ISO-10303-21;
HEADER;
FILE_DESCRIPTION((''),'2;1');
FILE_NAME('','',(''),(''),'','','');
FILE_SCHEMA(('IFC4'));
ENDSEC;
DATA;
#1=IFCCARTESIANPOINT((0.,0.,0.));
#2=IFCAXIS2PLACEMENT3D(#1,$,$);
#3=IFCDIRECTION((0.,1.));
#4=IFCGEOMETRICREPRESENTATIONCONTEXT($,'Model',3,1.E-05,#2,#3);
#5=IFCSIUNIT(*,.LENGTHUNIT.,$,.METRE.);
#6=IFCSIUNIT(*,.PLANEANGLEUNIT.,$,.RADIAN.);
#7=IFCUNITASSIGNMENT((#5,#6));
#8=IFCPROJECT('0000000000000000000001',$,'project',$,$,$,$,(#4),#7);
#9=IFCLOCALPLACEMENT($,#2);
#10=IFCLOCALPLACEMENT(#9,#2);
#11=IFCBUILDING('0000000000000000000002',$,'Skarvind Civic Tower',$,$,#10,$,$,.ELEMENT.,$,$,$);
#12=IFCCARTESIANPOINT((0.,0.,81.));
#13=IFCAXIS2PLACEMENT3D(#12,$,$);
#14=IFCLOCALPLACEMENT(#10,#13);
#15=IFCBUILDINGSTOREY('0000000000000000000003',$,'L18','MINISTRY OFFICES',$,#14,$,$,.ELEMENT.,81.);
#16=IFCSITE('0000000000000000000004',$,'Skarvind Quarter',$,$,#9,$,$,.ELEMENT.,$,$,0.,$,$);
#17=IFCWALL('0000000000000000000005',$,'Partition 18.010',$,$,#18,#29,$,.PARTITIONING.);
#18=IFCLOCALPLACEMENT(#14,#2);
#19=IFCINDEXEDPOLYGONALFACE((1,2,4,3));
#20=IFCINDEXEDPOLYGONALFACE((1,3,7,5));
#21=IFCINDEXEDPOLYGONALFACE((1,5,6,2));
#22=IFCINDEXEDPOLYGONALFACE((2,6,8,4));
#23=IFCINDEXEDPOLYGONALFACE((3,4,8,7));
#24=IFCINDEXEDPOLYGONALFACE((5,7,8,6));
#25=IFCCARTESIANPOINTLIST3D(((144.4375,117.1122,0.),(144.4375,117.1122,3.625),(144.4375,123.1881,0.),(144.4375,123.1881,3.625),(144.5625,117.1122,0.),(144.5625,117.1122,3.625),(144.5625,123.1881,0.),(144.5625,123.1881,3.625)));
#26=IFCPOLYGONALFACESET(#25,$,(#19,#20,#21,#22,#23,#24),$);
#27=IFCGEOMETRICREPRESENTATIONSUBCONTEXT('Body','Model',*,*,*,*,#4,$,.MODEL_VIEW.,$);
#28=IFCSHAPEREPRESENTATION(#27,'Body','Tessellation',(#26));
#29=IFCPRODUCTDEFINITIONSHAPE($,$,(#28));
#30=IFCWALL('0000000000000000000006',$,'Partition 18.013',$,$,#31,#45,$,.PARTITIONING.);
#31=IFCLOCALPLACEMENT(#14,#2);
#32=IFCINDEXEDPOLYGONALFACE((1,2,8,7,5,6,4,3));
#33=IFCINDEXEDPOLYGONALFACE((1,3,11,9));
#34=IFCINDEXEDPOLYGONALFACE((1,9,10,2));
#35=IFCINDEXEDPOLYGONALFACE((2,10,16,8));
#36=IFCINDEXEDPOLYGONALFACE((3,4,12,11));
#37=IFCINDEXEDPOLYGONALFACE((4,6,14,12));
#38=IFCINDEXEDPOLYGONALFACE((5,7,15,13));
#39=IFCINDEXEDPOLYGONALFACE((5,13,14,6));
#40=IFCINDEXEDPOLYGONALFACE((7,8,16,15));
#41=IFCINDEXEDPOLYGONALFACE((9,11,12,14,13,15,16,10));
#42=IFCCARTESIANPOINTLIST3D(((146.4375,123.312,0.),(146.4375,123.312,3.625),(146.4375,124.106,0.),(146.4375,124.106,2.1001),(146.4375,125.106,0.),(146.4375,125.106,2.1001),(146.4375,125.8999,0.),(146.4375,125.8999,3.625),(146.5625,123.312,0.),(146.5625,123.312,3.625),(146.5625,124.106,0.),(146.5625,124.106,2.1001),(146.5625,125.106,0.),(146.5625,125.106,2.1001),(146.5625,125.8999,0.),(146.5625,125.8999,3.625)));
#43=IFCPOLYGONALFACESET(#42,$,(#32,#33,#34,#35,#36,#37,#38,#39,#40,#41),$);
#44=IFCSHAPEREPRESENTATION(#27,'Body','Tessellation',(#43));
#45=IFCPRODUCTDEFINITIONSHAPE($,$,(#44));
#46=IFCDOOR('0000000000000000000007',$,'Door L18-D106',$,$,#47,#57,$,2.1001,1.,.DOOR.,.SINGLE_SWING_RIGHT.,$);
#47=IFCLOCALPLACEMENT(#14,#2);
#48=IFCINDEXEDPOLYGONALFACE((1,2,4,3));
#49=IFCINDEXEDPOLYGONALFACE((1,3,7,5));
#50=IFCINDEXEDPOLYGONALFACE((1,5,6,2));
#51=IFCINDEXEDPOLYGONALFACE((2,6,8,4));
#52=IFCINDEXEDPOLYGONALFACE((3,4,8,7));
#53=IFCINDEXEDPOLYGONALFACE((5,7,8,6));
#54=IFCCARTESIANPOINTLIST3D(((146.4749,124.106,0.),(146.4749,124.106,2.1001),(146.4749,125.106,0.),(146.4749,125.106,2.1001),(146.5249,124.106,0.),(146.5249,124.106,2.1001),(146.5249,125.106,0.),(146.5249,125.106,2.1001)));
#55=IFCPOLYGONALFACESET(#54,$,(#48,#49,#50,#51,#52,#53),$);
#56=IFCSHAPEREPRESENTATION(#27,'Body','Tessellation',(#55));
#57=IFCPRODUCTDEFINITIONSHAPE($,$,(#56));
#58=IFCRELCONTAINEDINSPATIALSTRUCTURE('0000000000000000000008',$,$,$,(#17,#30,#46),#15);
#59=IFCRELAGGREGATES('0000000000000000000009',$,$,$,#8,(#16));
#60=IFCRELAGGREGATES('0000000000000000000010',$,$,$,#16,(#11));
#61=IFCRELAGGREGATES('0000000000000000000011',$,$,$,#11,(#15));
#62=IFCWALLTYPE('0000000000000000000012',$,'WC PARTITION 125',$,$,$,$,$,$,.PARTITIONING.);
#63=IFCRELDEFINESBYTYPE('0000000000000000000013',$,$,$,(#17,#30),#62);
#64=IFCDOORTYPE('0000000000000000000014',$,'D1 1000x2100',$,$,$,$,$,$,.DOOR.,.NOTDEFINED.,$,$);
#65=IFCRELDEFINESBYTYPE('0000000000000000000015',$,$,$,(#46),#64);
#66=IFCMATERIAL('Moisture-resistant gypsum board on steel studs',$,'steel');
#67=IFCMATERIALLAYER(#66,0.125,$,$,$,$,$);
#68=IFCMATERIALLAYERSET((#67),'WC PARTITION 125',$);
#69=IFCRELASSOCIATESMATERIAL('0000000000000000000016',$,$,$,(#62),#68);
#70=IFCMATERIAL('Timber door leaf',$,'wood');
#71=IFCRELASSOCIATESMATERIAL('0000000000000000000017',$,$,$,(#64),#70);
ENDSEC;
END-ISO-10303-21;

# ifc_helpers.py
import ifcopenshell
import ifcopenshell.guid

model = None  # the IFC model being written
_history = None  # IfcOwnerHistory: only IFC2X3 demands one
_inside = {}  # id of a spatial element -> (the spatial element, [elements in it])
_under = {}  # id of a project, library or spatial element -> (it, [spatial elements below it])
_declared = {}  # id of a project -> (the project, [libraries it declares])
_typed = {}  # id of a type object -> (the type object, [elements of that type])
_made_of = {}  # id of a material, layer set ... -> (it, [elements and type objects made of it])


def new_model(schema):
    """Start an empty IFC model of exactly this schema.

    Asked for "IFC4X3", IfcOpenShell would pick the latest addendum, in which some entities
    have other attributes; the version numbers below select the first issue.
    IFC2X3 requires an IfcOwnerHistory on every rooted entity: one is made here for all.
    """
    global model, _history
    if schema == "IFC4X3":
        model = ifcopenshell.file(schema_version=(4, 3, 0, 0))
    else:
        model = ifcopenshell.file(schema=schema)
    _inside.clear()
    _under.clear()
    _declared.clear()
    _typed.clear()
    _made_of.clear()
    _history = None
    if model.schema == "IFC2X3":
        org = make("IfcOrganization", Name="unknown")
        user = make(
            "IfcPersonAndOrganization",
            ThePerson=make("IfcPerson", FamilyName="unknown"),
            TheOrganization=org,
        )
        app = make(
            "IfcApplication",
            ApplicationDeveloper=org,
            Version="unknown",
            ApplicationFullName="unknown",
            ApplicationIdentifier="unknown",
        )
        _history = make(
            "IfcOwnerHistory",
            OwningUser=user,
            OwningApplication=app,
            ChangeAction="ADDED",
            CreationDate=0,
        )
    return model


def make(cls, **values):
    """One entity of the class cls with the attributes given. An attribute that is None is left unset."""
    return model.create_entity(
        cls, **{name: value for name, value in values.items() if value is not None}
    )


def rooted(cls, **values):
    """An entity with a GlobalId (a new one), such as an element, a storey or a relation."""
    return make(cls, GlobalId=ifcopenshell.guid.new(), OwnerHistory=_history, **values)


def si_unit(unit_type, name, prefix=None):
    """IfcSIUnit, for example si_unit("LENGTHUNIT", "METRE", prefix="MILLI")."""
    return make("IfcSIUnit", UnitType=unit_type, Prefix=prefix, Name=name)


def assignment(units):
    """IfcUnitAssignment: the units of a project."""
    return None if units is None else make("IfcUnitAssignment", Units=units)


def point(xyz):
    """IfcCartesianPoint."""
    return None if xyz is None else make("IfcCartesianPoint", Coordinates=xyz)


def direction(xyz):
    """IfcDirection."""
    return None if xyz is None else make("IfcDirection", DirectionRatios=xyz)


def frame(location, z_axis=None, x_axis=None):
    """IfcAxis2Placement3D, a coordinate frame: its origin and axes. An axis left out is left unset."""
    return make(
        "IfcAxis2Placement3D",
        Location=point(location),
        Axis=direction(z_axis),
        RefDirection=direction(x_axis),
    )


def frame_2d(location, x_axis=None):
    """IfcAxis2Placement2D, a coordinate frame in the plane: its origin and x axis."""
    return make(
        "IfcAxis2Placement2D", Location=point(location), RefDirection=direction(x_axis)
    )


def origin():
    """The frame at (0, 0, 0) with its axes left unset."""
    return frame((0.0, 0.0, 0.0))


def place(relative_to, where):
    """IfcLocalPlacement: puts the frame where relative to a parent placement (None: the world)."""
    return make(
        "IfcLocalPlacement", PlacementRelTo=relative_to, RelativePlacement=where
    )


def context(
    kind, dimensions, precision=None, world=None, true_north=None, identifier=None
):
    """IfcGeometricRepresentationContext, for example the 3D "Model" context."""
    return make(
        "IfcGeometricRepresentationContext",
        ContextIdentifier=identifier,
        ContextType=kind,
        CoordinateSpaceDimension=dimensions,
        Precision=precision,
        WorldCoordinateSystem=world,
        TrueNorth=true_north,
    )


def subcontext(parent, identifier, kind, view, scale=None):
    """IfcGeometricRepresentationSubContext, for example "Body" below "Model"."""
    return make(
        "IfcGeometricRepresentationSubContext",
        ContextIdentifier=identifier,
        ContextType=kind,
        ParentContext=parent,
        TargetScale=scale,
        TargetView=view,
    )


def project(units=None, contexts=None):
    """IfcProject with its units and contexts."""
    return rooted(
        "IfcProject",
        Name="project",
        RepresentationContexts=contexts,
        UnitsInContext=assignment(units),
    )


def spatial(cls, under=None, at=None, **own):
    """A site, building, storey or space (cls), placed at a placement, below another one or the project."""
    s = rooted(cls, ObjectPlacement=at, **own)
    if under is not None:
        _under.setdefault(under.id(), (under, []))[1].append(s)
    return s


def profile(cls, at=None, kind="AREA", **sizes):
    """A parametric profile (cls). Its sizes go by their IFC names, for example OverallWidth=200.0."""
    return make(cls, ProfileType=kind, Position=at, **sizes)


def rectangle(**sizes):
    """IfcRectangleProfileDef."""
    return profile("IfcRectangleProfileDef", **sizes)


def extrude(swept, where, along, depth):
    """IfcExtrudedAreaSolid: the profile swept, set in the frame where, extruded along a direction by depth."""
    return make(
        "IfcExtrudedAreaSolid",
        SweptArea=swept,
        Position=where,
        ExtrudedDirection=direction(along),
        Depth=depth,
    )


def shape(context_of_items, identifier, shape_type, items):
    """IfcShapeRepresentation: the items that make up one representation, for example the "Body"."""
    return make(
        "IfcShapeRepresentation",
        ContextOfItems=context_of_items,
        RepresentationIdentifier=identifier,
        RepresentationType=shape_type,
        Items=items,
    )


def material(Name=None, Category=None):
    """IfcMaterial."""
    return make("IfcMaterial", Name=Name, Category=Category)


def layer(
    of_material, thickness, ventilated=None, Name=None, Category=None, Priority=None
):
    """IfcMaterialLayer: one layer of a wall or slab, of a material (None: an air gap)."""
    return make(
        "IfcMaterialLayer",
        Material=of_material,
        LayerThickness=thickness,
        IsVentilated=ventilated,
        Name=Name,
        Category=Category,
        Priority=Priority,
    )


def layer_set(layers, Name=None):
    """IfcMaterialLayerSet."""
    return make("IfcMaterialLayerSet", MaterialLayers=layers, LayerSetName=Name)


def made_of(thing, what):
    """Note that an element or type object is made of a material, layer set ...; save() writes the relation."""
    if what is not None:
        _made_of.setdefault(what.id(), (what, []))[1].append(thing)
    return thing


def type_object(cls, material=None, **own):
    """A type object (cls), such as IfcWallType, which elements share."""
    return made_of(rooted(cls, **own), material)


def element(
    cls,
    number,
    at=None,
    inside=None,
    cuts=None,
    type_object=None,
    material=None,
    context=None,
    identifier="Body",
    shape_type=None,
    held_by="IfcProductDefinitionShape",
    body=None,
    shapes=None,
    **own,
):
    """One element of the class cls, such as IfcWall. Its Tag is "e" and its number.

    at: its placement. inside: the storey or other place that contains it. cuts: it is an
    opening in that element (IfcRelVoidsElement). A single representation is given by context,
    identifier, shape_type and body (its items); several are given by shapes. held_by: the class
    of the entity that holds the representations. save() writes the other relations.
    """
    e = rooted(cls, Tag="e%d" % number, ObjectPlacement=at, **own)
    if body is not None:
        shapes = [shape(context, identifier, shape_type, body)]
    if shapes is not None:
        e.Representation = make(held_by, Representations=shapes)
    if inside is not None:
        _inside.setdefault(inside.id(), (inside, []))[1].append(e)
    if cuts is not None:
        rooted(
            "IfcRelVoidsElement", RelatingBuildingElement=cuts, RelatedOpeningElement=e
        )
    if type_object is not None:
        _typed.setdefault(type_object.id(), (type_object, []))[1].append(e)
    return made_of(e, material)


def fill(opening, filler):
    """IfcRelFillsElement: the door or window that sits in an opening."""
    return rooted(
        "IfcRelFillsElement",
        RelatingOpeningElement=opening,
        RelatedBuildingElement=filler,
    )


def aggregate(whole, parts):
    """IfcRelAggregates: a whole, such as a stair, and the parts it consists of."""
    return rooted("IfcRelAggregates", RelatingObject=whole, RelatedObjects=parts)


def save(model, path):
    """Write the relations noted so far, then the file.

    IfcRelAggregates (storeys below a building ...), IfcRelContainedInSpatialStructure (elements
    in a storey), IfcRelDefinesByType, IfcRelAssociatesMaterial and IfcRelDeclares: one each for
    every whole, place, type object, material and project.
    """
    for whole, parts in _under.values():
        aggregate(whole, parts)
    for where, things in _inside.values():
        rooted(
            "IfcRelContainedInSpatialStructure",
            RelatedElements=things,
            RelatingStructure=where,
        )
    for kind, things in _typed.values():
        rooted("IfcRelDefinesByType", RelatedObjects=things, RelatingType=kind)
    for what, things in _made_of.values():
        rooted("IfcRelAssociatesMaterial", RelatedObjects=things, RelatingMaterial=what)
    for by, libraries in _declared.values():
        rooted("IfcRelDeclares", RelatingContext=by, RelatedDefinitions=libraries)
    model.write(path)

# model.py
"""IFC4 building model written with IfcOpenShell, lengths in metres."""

from ifc_helpers import new_model, si_unit, direction, frame, frame_2d, origin, place, context, subcontext, project, spatial, rectangle, extrude, material, layer, layer_set, type_object, element, fill, save


model = new_model("IFC4")

# Units and contexts
model_context = context("Model", 3, precision=1e-05, world=origin(), true_north=direction((0.0, 1.0)))
body_context = subcontext(model_context, "Body", "Model", "MODEL_VIEW")
ifc_project = project(units=[si_unit("LENGTHUNIT", "METRE"), si_unit("PLANEANGLEUNIT", "RADIAN")], contexts=[model_context])

# Site, building, storey
site_placement = place(None, origin())
site = spatial("IfcSite", under=ifc_project, at=site_placement, Name="Skarvind Quarter", CompositionType="ELEMENT", RefElevation=0.0)
building_placement = place(site_placement, origin())
building = spatial("IfcBuilding", under=site, at=building_placement, Name="Skarvind Civic Tower", CompositionType="ELEMENT")
storey_placement = place(building_placement, frame((0.0, 0.0, 81.0)))
storey = spatial("IfcBuildingStorey", under=building, at=storey_placement, Name="L18", Description="MINISTRY OFFICES", CompositionType="ELEMENT", Elevation=81.0)

# Shared definitions
ifc_material_1 = material(Name="Moisture-resistant gypsum board on steel studs", Category="steel")
ifc_layer_1 = layer(ifc_material_1, 0.125)
ifc_layer_set_1 = layer_set([ifc_layer_1], Name="WC PARTITION 125")
wall_type_1 = type_object("IfcWallType", Name="WC PARTITION 125", PredefinedType="PARTITIONING", material=ifc_layer_set_1)

# Shared definitions
ifc_material_2 = material(Name="Timber door leaf", Category="wood")

# Wall
wall_1_placement = place(storey_placement, frame((144.5, 117.1121, 0.0), z_axis=(0.0, 0.0, 1.0), x_axis=(0.0, 1.0, 0.0)))
element("IfcWall", 1, at=wall_1_placement, inside=storey, type_object=wall_type_1, Name="Partition 18.010", PredefinedType="PARTITIONING", context=body_context, shape_type="SweptSolid", body=[
    extrude(rectangle(XDim=6.0759, YDim=0.125, at=frame_2d((3.0381, 0.0))), origin(), (0.0, 0.0, 1.0), 3.625),
])

# Wall, opening, door
wall_2_placement = place(storey_placement, frame((146.5, 125.8999, 0.0), z_axis=(0.0, 0.0, 1.0), x_axis=(0.0, -1.0, 0.0)))
wall_2 = element("IfcWall", 2, at=wall_2_placement, inside=storey, type_object=wall_type_1, Name="Partition 18.013", PredefinedType="PARTITIONING", context=body_context, shape_type="SweptSolid", body=[
    extrude(rectangle(XDim=2.5879, YDim=0.125, at=frame_2d((1.2939, 0.0))), origin(), (0.0, 0.0, 1.0), 3.625),
])
opening_1_placement = place(wall_2_placement, frame((0.7939, 0.0, 0.0)))
opening_1 = element("IfcOpeningElement", 3, at=opening_1_placement, cuts=wall_2, PredefinedType="OPENING", context=body_context, shape_type="SweptSolid", body=[
    extrude(rectangle(XDim=1.0, YDim=2.1001, at=frame_2d((0.5, 1.05))), frame((0.0, 0.0725, 0.0), z_axis=(0.0, -1.0, 0.0), x_axis=(1.0, 0.0, 0.0)), (0.0, 0.0, 1.0), 0.145),
])
door_type_1 = type_object("IfcDoorType", Name="D1 1000x2100", OperationType="NOTDEFINED", PredefinedType="DOOR", material=ifc_material_2)
door_1_placement = place(opening_1_placement, origin())
door_1 = element("IfcDoor", 4, at=door_1_placement, inside=storey, type_object=door_type_1, Name="Door L18-D106", OperationType="SINGLE_SWING_RIGHT", OverallHeight=2.1001, OverallWidth=1.0, PredefinedType="DOOR", context=body_context, shape_type="SweptSolid", body=[
    extrude(rectangle(XDim=1.0, YDim=2.1001, at=frame_2d((0.5, 1.05))), frame((0.0, 0.0249, 0.0), z_axis=(0.0, -1.0, 0.0), x_axis=(1.0, 0.0, 0.0)), (0.0, 0.0, 1.0), 0.05),
])
fill(opening_1, door_1)

save(model, "model.ifc")
